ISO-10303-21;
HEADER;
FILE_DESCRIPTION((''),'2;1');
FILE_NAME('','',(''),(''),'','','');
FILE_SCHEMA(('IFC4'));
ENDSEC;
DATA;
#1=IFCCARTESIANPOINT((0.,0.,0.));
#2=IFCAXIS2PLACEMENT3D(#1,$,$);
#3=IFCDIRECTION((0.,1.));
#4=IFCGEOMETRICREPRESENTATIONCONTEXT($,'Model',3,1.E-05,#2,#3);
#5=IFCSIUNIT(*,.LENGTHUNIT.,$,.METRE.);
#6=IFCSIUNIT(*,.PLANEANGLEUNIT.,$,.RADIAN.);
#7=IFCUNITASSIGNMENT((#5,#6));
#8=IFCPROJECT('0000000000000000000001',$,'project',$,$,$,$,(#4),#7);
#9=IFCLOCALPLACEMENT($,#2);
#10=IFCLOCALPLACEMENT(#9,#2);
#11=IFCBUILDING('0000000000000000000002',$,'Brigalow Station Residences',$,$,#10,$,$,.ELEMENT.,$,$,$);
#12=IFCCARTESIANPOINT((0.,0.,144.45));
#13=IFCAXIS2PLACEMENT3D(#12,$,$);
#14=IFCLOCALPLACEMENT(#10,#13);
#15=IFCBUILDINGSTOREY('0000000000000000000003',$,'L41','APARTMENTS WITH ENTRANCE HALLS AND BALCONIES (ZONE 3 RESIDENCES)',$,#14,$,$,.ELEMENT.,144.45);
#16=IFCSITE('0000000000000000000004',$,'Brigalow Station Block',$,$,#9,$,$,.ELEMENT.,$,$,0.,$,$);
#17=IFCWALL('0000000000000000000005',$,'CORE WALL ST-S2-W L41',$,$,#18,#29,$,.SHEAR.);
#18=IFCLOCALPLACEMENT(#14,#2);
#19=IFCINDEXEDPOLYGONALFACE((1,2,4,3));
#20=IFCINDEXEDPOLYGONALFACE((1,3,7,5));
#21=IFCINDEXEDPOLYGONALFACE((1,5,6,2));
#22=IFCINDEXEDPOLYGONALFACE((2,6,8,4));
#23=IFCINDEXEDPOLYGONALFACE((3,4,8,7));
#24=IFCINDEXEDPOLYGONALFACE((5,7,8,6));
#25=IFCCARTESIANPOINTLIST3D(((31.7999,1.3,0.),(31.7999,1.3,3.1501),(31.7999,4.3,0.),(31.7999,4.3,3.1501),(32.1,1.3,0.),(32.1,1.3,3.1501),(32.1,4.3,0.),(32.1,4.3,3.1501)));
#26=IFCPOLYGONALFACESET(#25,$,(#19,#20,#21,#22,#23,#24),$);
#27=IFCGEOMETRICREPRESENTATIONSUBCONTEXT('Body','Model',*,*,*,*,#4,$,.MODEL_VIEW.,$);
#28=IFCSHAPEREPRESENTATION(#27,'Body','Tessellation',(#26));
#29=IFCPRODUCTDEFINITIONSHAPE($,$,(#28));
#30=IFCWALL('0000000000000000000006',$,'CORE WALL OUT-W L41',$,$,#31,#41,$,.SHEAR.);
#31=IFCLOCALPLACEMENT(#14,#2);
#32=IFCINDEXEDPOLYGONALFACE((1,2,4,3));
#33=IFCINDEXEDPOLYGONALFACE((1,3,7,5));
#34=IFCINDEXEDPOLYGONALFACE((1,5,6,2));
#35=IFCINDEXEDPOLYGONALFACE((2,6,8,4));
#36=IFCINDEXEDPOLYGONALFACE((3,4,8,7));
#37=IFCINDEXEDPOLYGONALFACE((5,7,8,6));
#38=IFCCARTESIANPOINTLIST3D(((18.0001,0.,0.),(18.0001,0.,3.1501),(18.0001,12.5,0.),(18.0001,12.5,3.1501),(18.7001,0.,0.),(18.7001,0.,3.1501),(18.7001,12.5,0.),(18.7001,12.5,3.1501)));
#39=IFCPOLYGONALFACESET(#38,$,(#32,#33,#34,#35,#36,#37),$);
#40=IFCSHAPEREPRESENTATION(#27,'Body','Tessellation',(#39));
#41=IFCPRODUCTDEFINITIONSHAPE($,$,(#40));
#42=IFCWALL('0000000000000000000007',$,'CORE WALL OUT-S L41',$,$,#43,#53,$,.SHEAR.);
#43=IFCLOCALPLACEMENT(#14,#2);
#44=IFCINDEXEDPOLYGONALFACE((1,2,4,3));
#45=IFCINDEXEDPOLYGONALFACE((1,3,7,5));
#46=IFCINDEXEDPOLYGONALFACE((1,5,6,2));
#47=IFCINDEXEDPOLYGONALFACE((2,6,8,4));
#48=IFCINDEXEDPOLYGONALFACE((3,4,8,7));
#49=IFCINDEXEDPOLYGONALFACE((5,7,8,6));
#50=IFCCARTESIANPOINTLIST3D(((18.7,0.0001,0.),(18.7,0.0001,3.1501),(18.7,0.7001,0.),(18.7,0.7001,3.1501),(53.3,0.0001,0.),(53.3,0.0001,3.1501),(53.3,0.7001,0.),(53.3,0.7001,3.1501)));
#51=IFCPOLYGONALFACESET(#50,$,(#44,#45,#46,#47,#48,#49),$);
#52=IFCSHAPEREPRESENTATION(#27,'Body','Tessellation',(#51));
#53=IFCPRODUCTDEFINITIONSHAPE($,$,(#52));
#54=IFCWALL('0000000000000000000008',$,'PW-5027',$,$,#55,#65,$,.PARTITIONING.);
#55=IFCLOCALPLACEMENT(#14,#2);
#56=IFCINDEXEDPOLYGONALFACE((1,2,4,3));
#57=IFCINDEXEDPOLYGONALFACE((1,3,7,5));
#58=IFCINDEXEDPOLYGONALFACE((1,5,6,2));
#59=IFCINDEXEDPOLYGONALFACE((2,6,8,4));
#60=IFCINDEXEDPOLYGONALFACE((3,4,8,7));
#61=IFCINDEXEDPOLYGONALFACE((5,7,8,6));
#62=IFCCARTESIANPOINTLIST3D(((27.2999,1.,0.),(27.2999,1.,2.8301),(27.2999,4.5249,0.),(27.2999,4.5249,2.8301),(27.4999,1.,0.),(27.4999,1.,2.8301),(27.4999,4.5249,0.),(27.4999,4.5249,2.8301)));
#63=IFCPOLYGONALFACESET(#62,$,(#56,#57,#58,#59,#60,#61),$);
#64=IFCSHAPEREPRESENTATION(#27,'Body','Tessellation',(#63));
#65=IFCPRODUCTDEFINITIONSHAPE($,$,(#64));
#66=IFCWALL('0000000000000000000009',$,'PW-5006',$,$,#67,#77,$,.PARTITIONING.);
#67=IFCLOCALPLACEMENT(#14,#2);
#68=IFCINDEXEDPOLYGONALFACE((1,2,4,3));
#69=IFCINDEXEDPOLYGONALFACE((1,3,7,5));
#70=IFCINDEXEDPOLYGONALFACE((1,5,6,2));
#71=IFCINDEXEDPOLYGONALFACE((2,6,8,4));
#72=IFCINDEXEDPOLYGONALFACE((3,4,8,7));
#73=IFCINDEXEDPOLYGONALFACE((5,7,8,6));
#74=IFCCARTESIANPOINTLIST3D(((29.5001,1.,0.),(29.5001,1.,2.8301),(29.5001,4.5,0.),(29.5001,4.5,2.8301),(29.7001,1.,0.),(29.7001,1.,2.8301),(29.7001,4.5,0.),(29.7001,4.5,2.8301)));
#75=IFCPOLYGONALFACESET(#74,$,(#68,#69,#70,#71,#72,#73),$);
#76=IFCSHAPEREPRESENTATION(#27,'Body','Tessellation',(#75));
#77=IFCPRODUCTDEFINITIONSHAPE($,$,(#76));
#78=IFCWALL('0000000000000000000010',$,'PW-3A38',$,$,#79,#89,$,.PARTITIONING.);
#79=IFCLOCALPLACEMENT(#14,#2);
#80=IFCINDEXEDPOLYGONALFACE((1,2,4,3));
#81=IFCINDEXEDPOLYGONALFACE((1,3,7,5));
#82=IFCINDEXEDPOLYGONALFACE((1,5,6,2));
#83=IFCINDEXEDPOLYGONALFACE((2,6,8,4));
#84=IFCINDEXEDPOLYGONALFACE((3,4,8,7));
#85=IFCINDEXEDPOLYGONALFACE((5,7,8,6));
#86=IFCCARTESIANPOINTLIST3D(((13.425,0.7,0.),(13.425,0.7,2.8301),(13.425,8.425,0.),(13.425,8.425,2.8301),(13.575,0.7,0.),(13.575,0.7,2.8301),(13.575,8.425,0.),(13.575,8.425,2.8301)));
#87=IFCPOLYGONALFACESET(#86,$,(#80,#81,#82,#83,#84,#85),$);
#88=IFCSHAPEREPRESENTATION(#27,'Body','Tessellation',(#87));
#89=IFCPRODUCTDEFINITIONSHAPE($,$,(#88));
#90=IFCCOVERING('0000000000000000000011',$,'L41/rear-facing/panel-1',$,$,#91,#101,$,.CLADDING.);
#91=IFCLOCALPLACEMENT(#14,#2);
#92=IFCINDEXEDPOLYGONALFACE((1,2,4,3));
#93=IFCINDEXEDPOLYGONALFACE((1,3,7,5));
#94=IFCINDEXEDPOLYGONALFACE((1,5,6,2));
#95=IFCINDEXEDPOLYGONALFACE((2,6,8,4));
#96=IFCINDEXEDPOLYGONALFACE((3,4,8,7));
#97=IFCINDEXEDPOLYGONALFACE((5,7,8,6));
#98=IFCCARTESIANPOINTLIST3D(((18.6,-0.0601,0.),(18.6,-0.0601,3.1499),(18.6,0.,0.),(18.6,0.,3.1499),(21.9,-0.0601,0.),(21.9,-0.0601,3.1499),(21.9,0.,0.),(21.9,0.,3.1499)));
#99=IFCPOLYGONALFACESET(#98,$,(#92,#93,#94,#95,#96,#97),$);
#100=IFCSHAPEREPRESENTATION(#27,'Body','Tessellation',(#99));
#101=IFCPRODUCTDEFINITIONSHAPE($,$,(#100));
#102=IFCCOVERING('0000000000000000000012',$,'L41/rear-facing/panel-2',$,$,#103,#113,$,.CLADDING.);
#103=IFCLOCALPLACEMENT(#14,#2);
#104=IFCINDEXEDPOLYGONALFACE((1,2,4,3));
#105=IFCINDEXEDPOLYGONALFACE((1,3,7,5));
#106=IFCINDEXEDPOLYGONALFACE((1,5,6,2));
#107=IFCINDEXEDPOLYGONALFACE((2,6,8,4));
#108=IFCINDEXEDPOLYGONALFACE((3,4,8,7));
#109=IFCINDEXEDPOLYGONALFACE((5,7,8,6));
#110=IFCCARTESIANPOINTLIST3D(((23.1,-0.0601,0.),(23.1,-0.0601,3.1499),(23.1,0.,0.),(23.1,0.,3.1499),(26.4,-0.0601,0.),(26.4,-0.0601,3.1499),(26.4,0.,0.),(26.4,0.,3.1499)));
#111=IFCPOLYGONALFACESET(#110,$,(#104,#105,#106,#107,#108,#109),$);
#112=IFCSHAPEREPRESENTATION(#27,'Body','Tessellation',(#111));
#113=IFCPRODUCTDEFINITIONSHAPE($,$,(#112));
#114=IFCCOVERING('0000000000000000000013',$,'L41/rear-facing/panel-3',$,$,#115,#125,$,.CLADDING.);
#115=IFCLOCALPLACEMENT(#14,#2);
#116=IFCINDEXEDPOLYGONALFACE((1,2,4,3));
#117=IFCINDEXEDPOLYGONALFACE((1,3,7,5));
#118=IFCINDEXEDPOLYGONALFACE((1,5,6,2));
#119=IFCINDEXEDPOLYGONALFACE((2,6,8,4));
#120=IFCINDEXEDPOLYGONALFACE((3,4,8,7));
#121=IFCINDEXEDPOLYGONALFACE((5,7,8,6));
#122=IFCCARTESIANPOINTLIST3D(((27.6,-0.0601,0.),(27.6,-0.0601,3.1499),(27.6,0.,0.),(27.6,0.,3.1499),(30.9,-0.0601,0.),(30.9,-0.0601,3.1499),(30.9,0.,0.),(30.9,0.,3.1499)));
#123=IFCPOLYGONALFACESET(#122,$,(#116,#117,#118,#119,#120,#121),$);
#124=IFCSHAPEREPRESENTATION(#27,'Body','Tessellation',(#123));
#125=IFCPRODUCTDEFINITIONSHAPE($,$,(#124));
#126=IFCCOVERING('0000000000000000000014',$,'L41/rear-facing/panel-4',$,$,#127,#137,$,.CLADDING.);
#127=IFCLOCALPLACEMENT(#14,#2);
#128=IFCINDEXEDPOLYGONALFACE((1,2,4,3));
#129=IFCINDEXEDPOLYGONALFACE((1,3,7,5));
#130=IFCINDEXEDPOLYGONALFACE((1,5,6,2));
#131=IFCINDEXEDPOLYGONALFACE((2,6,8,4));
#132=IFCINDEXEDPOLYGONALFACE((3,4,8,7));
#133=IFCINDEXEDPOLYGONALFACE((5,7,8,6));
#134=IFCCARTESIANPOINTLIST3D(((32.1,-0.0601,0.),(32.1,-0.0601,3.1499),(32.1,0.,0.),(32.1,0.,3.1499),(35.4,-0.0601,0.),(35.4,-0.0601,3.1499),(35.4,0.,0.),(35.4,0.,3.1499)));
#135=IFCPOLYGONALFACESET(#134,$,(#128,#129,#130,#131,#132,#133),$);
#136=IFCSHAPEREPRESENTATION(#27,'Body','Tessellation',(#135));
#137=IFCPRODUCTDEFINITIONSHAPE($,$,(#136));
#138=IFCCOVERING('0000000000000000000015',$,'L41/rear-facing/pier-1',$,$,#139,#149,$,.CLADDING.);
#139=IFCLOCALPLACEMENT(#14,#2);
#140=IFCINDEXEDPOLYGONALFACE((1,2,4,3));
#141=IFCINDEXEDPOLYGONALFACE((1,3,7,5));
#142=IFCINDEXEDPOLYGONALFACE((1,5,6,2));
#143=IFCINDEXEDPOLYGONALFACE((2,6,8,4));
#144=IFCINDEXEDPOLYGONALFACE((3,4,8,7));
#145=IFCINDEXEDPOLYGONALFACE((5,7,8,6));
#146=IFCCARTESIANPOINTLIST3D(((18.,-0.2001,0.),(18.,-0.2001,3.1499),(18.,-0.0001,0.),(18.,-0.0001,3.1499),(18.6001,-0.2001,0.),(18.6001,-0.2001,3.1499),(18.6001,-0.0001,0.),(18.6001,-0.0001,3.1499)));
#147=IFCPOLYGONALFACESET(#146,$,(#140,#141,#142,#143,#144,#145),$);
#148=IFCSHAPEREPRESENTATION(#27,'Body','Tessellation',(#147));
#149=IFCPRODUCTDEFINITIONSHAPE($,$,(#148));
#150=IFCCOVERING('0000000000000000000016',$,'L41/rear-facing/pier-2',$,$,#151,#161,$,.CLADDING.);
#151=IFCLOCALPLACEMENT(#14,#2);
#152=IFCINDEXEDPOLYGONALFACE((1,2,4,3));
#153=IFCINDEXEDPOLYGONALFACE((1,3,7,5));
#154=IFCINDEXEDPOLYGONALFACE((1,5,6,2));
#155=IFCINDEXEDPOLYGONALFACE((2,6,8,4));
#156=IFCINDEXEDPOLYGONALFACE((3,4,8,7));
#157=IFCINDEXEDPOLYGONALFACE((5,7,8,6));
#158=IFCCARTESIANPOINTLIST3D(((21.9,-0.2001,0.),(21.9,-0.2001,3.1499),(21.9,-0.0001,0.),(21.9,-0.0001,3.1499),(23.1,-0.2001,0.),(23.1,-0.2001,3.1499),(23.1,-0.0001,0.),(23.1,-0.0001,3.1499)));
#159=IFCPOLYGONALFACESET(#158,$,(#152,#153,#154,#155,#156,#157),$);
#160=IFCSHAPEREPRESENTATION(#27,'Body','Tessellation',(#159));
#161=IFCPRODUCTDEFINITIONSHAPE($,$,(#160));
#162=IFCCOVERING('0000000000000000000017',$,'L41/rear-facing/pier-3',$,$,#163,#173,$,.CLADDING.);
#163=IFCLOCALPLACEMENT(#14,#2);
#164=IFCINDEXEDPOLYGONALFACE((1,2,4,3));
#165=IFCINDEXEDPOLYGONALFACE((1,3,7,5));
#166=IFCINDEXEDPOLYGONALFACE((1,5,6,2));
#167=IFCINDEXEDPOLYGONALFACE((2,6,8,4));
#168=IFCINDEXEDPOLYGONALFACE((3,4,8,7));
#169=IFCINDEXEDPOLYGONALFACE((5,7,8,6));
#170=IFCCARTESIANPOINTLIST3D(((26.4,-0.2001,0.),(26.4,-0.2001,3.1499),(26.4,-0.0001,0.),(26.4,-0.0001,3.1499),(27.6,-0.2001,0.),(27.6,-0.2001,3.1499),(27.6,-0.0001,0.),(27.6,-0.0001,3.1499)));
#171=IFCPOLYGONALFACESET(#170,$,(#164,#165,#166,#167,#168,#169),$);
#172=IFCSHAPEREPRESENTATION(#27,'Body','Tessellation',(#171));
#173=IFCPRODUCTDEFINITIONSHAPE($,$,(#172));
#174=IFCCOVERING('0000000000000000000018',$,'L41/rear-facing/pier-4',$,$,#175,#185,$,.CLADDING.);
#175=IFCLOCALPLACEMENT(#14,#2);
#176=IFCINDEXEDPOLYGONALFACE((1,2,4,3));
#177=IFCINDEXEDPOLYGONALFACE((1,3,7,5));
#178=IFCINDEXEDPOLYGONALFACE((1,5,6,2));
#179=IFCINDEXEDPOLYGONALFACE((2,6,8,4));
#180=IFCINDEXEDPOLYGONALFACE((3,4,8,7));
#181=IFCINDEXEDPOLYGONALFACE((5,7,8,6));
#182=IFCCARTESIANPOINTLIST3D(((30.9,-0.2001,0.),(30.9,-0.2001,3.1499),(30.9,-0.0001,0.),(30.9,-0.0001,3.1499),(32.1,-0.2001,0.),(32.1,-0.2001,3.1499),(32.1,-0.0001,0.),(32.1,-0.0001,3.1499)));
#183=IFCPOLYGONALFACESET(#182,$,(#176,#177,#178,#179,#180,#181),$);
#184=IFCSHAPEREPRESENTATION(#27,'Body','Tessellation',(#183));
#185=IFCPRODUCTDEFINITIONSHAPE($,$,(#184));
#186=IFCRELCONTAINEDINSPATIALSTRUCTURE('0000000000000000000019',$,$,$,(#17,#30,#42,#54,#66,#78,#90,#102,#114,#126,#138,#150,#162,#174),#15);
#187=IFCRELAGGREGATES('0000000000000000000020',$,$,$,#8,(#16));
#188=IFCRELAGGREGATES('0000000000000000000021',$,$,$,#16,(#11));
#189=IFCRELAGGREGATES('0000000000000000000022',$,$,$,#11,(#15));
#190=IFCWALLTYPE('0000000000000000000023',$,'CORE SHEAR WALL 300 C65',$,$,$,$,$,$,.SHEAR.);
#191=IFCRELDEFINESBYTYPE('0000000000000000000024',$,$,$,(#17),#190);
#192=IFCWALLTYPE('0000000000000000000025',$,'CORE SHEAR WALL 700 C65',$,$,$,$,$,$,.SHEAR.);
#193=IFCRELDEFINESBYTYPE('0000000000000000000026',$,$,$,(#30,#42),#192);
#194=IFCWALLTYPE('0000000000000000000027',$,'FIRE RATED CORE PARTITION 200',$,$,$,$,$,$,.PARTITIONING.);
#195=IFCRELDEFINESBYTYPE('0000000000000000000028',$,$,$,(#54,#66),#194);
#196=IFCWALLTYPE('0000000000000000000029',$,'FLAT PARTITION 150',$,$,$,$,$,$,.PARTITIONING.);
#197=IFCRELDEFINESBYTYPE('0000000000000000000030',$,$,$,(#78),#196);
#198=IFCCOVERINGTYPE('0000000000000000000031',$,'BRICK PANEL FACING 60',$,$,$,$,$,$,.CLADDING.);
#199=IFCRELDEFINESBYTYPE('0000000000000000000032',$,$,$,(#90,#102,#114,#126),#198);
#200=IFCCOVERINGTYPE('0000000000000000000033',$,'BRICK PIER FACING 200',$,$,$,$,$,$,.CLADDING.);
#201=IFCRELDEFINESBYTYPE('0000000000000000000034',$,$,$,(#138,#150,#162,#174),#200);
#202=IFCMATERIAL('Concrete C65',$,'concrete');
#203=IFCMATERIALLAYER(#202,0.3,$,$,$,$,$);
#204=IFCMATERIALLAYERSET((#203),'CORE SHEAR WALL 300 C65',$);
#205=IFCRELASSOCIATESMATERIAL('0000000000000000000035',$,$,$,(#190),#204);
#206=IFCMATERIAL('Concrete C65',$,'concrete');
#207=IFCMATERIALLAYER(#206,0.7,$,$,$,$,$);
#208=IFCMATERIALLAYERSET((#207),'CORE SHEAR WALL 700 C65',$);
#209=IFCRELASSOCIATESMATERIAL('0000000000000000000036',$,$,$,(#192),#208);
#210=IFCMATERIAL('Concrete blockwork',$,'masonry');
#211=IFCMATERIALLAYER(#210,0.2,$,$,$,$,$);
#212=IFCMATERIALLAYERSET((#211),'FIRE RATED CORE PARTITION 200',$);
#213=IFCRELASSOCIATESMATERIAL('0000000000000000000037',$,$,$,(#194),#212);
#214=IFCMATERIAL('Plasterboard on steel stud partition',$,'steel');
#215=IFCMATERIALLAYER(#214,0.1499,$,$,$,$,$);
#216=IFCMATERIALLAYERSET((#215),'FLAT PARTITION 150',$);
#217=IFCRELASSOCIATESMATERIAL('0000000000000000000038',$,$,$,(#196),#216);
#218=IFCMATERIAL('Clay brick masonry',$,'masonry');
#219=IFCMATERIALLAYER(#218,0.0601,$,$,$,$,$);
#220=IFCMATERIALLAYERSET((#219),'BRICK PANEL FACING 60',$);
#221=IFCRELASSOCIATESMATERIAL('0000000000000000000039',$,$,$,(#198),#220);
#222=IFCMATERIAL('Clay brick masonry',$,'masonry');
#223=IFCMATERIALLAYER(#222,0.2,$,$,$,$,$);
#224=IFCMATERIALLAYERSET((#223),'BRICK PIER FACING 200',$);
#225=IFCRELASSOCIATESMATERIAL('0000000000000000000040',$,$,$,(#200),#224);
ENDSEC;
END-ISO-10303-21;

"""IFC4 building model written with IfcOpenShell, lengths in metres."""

from ifc_helpers import new_model, si_unit, direction, frame, frame_2d, origin, origin_2d, place, context, subcontext, project, spatial, rectangle, extrude, material, layer, layer_set, type_object, element, save


model = new_model("IFC4")

# Units and contexts
model_context = context("Model", 3, precision=1e-05, world=origin(), true_north=direction((0.0, 1.0)))
body_context = subcontext(model_context, "Body", "Model", "MODEL_VIEW")
ifc_project = project(units=[si_unit("LENGTHUNIT", "METRE"), si_unit("PLANEANGLEUNIT", "RADIAN")], contexts=[model_context])

# Site, building, storey
site_placement = place(None, origin())
site = spatial("IfcSite", under=ifc_project, at=site_placement, Name="Brigalow Station Block", CompositionType="ELEMENT", RefElevation=0.0)
building_placement = place(site_placement, origin())
building = spatial("IfcBuilding", under=site, at=building_placement, Name="Brigalow Station Residences", CompositionType="ELEMENT")
storey_placement = place(building_placement, frame((0.0, 0.0, 144.45)))
storey = spatial("IfcBuildingStorey", under=building, at=storey_placement, Name="L41", Description="APARTMENTS WITH ENTRANCE HALLS AND BALCONIES (ZONE 3 RESIDENCES)", CompositionType="ELEMENT", Elevation=144.45)

# Shared definitions
ifc_material_1 = material(Name="Concrete C65", Category="concrete")
ifc_layer_1 = layer(ifc_material_1, 0.3)
ifc_layer_set_1 = layer_set([ifc_layer_1], Name="CORE SHEAR WALL 300 C65")
wall_type_1 = type_object("IfcWallType", Name="CORE SHEAR WALL 300 C65", PredefinedType="SHEAR", material=ifc_layer_set_1)

# Walls
wall_1_placement = place(storey_placement, frame((31.95, 1.3, 0.0), z_axis=(0.0, 0.0, 1.0), x_axis=(0.0, 1.0, 0.0)))
element("IfcWall", 1, at=wall_1_placement, inside=storey, type_object=wall_type_1, Name="CORE WALL ST-S2-W L41", PredefinedType="SHEAR", context=body_context, shape_type="SweptSolid", body=[
    extrude(rectangle(XDim=3.0, YDim=0.3, at=frame_2d((1.5, 0.0))), origin(), (0.0, 0.0, 1.0), 3.1501),
])
ifc_material_2 = material(Name="Concrete C65", Category="concrete")
ifc_layer_2 = layer(ifc_material_2, 0.7)
ifc_layer_set_2 = layer_set([ifc_layer_2], Name="CORE SHEAR WALL 700 C65")
wall_type_2 = type_object("IfcWallType", Name="CORE SHEAR WALL 700 C65", PredefinedType="SHEAR", material=ifc_layer_set_2)
wall_2_placement = place(storey_placement, frame((18.3501, 0.0, 0.0), z_axis=(0.0, 0.0, 1.0), x_axis=(0.0, 1.0, 0.0)))
element("IfcWall", 2, at=wall_2_placement, inside=storey, type_object=wall_type_2, Name="CORE WALL OUT-W L41", PredefinedType="SHEAR", context=body_context, shape_type="SweptSolid", body=[
    extrude(rectangle(XDim=12.5, YDim=0.7, at=frame_2d((6.25, 0.0))), origin(), (0.0, 0.0, 1.0), 3.1501),
])
wall_3_placement = place(storey_placement, frame((18.7, 0.3501, 0.0), z_axis=(0.0, 0.0, 1.0), x_axis=(1.0, 0.0, 0.0)))
element("IfcWall", 3, at=wall_3_placement, inside=storey, type_object=wall_type_2, Name="CORE WALL OUT-S L41", PredefinedType="SHEAR", context=body_context, shape_type="SweptSolid", body=[
    extrude(rectangle(XDim=34.6001, YDim=0.7, at=frame_2d((17.3, 0.0))), origin(), (0.0, 0.0, 1.0), 3.1501),
])
ifc_material_3 = material(Name="Concrete blockwork", Category="masonry")
ifc_layer_3 = layer(ifc_material_3, 0.2)
ifc_layer_set_3 = layer_set([ifc_layer_3], Name="FIRE RATED CORE PARTITION 200")
wall_type_3 = type_object("IfcWallType", Name="FIRE RATED CORE PARTITION 200", PredefinedType="PARTITIONING", material=ifc_layer_set_3)
wall_4_placement = place(storey_placement, frame((27.3999, 1.0, 0.0), z_axis=(0.0, 0.0, 1.0), x_axis=(0.0, 1.0, 0.0)))
element("IfcWall", 4, at=wall_4_placement, inside=storey, type_object=wall_type_3, Name="PW-5027", PredefinedType="PARTITIONING", context=body_context, shape_type="SweptSolid", body=[
    extrude(rectangle(XDim=3.5249, YDim=0.2, at=frame_2d((1.7625, 0.0))), origin(), (0.0, 0.0, 1.0), 2.8301),
])
wall_5_placement = place(storey_placement, frame((29.6001, 1.0, 0.0), z_axis=(0.0, 0.0, 1.0), x_axis=(0.0, 1.0, 0.0)))
element("IfcWall", 5, at=wall_5_placement, inside=storey, type_object=wall_type_3, Name="PW-5006", PredefinedType="PARTITIONING", context=body_context, shape_type="SweptSolid", body=[
    extrude(rectangle(XDim=3.5, YDim=0.2, at=frame_2d((1.75, 0.0))), origin(), (0.0, 0.0, 1.0), 2.8301),
])
ifc_material_4 = material(Name="Plasterboard on steel stud partition", Category="steel")
ifc_layer_4 = layer(ifc_material_4, 0.1499)
ifc_layer_set_4 = layer_set([ifc_layer_4], Name="FLAT PARTITION 150")
wall_type_4 = type_object("IfcWallType", Name="FLAT PARTITION 150", PredefinedType="PARTITIONING", material=ifc_layer_set_4)
wall_6_placement = place(storey_placement, frame((13.5, 0.7, 0.0), z_axis=(0.0, 0.0, 1.0), x_axis=(0.0, 1.0, 0.0)))
element("IfcWall", 6, at=wall_6_placement, inside=storey, type_object=wall_type_4, Name="PW-3A38", PredefinedType="PARTITIONING", context=body_context, shape_type="SweptSolid", body=[
    extrude(rectangle(XDim=7.7251, YDim=0.1499, at=frame_2d((3.8625, 0.0))), origin(), (0.0, 0.0, 1.0), 2.8301),
])

# Coverings
ifc_material_5 = material(Name="Clay brick masonry", Category="masonry")
ifc_layer_5 = layer(ifc_material_5, 0.0601)
ifc_layer_set_5 = layer_set([ifc_layer_5], Name="BRICK PANEL FACING 60")
covering_type_1 = type_object("IfcCoveringType", Name="BRICK PANEL FACING 60", PredefinedType="CLADDING", material=ifc_layer_set_5)
for number, where, z_axis, x_axis, name in (
    (7, (20.25, -0.03, 0.0), (0.0, 0.0, 1.0), (1.0, 0.0, 0.0), "L41/rear-facing/panel-1"),
    (8, (24.75, -0.03, 0.0), (0.0, 0.0, 1.0), (1.0, 0.0, 0.0), "L41/rear-facing/panel-2"),
    (9, (29.25, -0.03, 0.0), (0.0, 0.0, 1.0), (1.0, 0.0, 0.0), "L41/rear-facing/panel-3"),
    (10, (33.75, -0.03, 0.0), (0.0, 0.0, 1.0), (1.0, 0.0, 0.0), "L41/rear-facing/panel-4"),
):
    element("IfcCovering", number, at=place(storey_placement, frame(where, z_axis=z_axis, x_axis=x_axis)), inside=storey, type_object=covering_type_1, Name=name, PredefinedType="CLADDING", context=body_context, shape_type="SweptSolid", body=[
        extrude(rectangle(XDim=3.3, YDim=0.0601, at=origin_2d()), origin(), (0.0, 0.0, 1.0), 3.1499),
    ])
ifc_material_6 = material(Name="Clay brick masonry", Category="masonry")
ifc_layer_6 = layer(ifc_material_6, 0.2)
ifc_layer_set_6 = layer_set([ifc_layer_6], Name="BRICK PIER FACING 200")
covering_type_2 = type_object("IfcCoveringType", Name="BRICK PIER FACING 200", PredefinedType="CLADDING", material=ifc_layer_set_6)
covering_placement = place(storey_placement, frame((18.3, -0.1001, 0.0), z_axis=(0.0, 0.0, 1.0), x_axis=(1.0, 0.0, 0.0)))
element("IfcCovering", 11, at=covering_placement, inside=storey, type_object=covering_type_2, Name="L41/rear-facing/pier-1", PredefinedType="CLADDING", context=body_context, shape_type="SweptSolid", body=[
    extrude(rectangle(XDim=0.6001, YDim=0.2, at=origin_2d()), origin(), (0.0, 0.0, 1.0), 3.1499),
])
for number, where, z_axis, x_axis, name in (
    (12, (22.5, -0.1001, 0.0), (0.0, 0.0, 1.0), (1.0, 0.0, 0.0), "L41/rear-facing/pier-2"),
    (13, (27.0, -0.1001, 0.0), (0.0, 0.0, 1.0), (1.0, 0.0, 0.0), "L41/rear-facing/pier-3"),
    (14, (31.5, -0.1001, 0.0), (0.0, 0.0, 1.0), (1.0, 0.0, 0.0), "L41/rear-facing/pier-4"),
):
    element("IfcCovering", number, at=place(storey_placement, frame(where, z_axis=z_axis, x_axis=x_axis)), inside=storey, type_object=covering_type_2, Name=name, PredefinedType="CLADDING", context=body_context, shape_type="SweptSolid", body=[
        extrude(rectangle(XDim=1.2, YDim=0.2, at=origin_2d()), origin(), (0.0, 0.0, 1.0), 3.1499),
    ])

save(model, "model.ifc")
